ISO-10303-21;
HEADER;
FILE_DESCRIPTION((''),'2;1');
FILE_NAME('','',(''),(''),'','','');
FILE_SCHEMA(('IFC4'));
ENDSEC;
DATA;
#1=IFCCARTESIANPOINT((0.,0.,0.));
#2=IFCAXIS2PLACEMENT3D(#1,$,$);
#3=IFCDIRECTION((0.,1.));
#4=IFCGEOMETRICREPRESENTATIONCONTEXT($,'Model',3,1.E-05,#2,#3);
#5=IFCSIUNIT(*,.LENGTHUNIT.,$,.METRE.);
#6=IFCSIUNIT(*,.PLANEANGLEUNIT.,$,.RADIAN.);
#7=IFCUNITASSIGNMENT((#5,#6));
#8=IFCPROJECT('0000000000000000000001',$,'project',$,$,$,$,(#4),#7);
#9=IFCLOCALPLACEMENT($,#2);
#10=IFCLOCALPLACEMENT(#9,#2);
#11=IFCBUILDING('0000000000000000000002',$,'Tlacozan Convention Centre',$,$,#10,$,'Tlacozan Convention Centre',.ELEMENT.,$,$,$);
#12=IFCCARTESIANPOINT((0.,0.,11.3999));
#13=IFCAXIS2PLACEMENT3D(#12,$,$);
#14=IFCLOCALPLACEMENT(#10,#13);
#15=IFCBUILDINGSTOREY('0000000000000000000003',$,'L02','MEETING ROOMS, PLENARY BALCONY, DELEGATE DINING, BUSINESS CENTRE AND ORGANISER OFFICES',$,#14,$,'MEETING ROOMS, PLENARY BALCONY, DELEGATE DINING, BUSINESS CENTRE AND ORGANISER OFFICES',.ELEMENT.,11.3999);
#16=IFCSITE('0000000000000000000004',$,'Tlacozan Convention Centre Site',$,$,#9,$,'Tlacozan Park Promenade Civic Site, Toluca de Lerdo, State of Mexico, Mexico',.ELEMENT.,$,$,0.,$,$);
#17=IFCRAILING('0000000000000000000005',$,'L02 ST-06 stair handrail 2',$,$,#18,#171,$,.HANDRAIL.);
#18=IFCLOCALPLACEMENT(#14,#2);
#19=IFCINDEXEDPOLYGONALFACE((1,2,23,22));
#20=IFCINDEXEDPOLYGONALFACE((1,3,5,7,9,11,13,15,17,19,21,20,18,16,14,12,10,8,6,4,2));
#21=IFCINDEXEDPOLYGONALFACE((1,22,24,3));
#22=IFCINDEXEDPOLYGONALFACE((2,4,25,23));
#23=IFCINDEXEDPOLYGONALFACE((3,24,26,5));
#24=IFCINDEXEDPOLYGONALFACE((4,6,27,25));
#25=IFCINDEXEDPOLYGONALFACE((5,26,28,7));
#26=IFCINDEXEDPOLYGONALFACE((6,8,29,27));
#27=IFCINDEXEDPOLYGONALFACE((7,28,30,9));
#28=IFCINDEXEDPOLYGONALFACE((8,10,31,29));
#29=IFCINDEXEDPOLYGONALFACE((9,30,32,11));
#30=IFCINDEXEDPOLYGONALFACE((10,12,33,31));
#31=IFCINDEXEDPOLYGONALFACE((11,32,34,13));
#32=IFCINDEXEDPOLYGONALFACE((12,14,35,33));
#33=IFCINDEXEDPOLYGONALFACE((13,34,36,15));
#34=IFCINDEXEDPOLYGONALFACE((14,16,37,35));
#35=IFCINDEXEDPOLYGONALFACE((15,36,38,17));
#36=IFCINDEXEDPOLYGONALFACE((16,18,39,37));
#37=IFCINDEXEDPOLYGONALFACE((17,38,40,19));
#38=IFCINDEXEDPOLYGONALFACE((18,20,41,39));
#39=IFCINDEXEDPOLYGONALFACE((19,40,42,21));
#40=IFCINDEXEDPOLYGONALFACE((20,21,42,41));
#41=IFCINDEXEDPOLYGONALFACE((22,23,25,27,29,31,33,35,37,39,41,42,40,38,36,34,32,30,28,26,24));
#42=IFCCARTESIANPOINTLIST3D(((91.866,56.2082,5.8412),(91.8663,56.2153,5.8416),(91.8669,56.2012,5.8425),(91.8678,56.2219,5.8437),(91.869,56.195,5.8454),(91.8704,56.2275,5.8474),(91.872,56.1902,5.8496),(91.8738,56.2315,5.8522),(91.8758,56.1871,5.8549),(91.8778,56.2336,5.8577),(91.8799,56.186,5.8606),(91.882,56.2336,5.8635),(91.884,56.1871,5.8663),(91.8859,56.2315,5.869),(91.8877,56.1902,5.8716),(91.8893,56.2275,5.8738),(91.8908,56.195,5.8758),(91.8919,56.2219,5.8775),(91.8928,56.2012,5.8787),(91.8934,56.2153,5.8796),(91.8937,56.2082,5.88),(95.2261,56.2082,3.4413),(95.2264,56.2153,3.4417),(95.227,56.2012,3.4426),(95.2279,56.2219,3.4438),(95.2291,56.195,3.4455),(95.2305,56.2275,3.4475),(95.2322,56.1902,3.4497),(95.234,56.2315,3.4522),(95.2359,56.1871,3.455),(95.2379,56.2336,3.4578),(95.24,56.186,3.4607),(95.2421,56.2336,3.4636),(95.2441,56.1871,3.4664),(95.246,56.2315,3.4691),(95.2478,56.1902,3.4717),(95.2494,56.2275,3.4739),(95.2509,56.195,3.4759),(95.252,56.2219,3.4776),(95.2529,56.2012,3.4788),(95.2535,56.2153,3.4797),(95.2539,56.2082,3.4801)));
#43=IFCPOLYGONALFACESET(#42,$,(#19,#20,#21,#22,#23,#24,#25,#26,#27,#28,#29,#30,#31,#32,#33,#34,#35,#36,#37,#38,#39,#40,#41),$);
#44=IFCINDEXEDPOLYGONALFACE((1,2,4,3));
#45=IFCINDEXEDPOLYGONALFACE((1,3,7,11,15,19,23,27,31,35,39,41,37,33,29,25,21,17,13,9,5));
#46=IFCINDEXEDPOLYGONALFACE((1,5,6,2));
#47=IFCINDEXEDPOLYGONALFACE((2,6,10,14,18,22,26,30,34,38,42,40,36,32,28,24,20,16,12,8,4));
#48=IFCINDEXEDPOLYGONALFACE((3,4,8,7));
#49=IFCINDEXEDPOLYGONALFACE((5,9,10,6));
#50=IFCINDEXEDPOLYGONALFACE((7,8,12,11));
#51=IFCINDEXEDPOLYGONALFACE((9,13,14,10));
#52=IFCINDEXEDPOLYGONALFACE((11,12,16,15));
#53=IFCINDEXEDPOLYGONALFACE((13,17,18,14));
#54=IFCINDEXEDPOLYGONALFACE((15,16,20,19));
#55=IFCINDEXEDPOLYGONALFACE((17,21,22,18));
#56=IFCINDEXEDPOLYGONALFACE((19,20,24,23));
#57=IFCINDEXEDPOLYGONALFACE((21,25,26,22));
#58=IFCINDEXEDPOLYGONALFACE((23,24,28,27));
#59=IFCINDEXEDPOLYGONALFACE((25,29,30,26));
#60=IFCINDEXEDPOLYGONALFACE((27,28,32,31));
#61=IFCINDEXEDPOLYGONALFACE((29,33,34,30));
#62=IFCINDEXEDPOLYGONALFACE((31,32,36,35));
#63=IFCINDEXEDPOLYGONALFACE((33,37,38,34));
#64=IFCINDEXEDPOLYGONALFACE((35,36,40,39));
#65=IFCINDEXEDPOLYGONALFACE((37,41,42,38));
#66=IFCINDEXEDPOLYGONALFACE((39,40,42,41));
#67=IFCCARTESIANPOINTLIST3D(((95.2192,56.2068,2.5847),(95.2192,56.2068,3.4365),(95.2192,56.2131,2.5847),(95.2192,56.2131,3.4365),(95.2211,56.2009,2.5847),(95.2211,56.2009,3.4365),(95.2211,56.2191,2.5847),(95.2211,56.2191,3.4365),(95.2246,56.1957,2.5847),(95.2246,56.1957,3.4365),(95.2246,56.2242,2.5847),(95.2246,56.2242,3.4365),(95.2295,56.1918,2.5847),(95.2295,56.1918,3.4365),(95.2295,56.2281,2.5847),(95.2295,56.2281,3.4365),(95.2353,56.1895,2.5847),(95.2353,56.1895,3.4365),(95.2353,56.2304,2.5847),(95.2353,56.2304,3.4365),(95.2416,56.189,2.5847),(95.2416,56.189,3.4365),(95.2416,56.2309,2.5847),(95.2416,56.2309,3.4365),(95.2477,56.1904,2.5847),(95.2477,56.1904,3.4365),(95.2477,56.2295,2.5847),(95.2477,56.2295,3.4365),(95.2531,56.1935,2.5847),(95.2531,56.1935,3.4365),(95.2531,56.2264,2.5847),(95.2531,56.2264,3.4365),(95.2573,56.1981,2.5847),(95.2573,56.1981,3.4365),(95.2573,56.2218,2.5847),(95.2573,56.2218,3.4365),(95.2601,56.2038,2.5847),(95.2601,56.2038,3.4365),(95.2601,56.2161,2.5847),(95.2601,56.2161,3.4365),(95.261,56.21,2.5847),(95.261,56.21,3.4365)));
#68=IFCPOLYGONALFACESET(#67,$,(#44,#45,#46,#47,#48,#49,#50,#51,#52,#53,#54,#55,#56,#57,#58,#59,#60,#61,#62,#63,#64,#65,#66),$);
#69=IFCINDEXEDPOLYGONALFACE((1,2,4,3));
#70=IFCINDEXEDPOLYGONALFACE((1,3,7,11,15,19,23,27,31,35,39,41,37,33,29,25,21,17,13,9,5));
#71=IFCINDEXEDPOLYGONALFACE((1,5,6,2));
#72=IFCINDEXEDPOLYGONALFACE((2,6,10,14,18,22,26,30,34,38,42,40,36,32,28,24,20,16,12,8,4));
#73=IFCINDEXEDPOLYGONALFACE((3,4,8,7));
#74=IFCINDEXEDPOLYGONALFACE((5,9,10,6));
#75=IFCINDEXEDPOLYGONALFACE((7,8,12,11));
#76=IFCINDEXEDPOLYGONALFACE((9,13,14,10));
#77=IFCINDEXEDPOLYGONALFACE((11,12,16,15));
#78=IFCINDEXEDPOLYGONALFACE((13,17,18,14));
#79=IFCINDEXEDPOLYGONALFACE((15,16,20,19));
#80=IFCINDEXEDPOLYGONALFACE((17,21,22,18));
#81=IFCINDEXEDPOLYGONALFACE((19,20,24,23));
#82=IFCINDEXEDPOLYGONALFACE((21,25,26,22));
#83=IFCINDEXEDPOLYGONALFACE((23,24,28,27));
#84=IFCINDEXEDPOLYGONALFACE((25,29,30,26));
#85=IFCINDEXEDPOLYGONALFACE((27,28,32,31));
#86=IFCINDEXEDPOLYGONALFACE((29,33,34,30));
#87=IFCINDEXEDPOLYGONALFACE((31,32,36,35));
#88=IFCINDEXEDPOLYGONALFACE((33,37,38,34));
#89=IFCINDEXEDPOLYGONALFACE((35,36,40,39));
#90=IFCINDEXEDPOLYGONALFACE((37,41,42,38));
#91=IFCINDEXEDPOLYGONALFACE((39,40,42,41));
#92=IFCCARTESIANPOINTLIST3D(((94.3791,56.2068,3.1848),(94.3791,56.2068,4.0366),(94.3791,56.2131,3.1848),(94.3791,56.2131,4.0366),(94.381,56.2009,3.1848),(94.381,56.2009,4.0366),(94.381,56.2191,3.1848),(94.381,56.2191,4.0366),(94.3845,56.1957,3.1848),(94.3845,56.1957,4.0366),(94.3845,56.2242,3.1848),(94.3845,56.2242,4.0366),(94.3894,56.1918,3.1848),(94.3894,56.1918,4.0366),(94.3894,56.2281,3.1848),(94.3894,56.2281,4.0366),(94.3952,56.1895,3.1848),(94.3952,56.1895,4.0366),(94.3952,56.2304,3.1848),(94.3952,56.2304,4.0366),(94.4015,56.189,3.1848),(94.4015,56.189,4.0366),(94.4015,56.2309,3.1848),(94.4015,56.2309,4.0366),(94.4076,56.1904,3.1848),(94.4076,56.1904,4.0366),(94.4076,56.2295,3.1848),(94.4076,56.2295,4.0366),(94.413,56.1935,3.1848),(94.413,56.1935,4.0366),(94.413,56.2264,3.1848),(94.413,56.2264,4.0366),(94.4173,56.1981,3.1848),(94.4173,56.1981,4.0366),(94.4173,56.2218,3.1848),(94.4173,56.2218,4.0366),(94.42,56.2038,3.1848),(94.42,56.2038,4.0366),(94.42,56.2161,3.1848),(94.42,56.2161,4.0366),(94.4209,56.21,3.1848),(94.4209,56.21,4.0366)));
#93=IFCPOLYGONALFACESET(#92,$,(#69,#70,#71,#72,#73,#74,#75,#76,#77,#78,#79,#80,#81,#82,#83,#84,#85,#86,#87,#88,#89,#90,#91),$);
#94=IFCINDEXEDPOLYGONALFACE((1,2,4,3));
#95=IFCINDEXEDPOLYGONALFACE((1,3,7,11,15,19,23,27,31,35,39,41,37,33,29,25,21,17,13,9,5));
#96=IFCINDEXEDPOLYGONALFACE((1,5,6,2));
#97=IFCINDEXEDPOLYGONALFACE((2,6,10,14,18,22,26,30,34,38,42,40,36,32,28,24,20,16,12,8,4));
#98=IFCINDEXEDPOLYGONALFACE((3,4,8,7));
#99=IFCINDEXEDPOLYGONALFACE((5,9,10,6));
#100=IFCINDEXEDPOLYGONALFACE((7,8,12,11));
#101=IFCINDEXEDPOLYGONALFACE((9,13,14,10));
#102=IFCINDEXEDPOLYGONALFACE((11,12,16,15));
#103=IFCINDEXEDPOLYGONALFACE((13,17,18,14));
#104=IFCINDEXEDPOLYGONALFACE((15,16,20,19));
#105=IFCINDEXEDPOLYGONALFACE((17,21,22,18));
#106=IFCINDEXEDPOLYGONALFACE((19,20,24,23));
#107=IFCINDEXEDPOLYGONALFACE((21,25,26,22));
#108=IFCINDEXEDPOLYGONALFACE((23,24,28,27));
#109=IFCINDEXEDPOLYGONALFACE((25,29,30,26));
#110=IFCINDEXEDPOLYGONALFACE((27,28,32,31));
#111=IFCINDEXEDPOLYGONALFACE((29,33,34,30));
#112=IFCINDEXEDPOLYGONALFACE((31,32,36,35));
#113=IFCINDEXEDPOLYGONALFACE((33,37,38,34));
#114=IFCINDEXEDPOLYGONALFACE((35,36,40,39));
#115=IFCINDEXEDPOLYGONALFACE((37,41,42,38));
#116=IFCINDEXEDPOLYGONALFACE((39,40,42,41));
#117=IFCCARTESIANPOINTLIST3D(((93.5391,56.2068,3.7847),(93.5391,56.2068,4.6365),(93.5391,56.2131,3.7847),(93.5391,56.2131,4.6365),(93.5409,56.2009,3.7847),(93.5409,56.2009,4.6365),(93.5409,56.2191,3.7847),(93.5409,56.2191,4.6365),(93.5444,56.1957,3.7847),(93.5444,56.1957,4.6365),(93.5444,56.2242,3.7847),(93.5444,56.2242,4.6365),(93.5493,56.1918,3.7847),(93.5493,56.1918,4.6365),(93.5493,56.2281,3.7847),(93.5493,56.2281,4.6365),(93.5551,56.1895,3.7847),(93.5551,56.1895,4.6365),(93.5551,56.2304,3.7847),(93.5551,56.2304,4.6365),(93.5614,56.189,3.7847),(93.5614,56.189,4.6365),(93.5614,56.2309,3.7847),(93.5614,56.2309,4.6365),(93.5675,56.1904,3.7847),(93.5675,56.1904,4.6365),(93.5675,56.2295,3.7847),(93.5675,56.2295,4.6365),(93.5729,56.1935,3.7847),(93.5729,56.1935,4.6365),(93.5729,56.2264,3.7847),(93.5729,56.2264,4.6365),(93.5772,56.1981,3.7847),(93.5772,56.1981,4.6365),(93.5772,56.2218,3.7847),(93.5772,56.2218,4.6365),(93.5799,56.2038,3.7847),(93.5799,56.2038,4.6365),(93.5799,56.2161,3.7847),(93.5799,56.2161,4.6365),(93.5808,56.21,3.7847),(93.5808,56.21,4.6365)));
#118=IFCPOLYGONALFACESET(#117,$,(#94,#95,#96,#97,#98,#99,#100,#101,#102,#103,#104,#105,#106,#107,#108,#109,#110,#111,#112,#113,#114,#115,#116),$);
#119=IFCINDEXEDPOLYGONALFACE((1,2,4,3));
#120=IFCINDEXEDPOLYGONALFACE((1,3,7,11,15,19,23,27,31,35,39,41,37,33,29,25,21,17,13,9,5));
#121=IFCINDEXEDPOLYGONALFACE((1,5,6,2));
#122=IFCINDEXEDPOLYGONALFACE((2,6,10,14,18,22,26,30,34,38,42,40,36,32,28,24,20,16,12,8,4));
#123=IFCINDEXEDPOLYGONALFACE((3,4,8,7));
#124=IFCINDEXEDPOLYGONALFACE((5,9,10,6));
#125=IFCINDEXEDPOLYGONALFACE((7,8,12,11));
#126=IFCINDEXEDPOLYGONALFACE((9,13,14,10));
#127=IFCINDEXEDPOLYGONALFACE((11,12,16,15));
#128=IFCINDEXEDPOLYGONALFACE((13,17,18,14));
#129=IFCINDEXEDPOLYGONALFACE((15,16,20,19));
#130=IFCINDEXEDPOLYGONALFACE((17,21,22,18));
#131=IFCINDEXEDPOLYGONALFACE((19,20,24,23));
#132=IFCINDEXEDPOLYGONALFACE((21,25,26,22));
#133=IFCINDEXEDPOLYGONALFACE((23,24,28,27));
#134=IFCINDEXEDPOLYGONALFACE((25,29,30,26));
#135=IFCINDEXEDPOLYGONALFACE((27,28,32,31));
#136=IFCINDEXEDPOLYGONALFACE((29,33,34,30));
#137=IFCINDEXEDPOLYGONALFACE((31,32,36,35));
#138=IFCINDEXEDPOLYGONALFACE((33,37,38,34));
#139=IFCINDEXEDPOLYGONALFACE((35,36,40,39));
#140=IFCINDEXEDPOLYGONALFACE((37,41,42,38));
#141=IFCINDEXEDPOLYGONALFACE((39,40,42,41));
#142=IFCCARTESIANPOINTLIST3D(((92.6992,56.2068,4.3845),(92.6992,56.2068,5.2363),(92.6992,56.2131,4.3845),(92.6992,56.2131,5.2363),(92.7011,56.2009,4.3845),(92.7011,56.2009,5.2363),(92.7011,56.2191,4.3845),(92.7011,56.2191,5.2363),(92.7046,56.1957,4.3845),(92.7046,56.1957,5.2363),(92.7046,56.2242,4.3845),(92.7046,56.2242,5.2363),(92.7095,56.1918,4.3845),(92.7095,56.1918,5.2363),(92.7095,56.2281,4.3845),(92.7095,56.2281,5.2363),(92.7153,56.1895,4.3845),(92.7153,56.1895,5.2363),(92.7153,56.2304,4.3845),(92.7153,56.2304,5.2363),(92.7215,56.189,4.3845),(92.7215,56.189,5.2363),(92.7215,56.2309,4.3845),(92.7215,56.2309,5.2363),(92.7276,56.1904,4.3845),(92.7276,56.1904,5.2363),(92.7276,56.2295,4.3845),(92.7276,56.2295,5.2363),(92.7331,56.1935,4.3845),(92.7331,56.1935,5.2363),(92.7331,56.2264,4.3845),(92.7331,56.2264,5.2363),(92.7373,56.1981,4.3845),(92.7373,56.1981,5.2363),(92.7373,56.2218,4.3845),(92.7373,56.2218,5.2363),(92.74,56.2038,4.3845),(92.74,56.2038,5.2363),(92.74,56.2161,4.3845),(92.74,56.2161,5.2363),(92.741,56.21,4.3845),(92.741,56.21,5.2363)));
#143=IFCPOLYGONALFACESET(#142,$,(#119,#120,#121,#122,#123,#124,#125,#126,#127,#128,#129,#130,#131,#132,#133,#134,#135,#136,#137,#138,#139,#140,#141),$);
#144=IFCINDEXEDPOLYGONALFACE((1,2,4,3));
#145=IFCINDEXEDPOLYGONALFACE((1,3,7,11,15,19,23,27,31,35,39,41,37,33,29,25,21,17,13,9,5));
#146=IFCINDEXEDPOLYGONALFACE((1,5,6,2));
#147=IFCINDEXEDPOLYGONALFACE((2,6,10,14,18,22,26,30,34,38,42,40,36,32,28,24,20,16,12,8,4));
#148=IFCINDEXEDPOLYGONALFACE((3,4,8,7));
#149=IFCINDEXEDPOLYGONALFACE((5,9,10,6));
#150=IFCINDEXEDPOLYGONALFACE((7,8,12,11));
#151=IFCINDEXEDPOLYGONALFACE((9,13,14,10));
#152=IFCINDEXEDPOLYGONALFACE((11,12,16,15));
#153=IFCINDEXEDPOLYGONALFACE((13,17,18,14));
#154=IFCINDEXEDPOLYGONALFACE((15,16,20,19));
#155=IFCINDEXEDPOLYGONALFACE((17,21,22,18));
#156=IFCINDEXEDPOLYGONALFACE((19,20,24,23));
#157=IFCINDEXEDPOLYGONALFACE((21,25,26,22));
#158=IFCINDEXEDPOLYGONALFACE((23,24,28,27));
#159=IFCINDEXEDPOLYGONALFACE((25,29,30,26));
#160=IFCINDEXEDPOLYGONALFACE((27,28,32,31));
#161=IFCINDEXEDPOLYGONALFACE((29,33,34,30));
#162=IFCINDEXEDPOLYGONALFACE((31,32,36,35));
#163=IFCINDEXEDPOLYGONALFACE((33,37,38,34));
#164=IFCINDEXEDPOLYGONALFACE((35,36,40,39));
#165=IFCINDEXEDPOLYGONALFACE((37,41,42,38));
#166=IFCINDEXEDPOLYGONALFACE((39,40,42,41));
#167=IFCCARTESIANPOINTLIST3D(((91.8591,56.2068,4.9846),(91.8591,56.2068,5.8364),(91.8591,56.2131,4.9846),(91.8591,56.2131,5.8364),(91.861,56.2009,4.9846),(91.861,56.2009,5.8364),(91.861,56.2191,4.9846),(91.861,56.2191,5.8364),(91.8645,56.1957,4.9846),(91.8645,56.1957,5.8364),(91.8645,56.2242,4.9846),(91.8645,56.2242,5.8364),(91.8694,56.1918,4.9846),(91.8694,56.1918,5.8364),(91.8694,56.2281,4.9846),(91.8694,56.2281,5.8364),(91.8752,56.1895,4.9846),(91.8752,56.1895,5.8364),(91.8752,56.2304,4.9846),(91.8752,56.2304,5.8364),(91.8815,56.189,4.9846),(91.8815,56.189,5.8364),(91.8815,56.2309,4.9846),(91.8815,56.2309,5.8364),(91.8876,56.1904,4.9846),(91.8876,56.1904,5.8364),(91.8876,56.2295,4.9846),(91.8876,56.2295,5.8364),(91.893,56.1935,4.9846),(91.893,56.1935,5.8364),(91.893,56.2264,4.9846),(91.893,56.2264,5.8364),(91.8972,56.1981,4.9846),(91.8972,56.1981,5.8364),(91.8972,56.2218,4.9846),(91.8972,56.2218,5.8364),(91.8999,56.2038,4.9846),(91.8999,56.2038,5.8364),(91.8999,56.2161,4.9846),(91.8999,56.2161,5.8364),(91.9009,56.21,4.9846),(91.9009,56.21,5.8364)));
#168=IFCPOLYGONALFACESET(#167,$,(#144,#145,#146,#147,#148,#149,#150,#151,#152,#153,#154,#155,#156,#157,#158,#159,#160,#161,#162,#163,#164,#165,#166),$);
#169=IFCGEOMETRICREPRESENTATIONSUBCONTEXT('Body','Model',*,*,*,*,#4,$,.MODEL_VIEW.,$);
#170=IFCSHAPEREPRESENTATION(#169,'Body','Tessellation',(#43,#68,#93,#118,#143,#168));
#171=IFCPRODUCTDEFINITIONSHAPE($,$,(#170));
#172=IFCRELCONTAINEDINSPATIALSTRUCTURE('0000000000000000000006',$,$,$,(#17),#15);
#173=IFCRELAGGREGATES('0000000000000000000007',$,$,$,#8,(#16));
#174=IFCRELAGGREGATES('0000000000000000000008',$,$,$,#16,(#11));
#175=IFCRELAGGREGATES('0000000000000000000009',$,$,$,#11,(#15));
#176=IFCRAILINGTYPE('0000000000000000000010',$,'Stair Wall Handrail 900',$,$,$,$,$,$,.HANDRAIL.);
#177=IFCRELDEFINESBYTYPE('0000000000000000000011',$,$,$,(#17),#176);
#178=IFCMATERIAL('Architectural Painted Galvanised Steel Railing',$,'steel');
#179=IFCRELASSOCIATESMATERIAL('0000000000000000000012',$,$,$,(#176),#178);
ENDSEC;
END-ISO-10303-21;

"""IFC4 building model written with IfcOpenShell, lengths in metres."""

from ifc_helpers import new_model, si_unit, direction, frame, origin, origin_2d, place, context, subcontext, project, spatial, circle, extrude, material, type_object, element, save


model = new_model("IFC4")

# Units and contexts
model_context = context("Model", 3, precision=1e-05, world=origin(), true_north=direction((0.0, 1.0)))
body_context = subcontext(model_context, "Body", "Model", "MODEL_VIEW")
ifc_project = project(units=[si_unit("LENGTHUNIT", "METRE"), si_unit("PLANEANGLEUNIT", "RADIAN")], contexts=[model_context])

# Site, building, storey
site_placement = place(None, origin())
site = spatial("IfcSite", under=ifc_project, at=site_placement, Name="Tlacozan Convention Centre Site", LongName="Tlacozan Park Promenade Civic Site, Toluca de Lerdo, State of Mexico, Mexico", CompositionType="ELEMENT", RefElevation=0.0)
building_placement = place(site_placement, origin())
building = spatial("IfcBuilding", under=site, at=building_placement, Name="Tlacozan Convention Centre", LongName="Tlacozan Convention Centre", CompositionType="ELEMENT")
storey_placement = place(building_placement, frame((0.0, 0.0, 11.3999)))
storey = spatial("IfcBuildingStorey", under=building, at=storey_placement, Name="L02", Description="MEETING ROOMS, PLENARY BALCONY, DELEGATE DINING, BUSINESS CENTRE AND ORGANISER OFFICES", LongName="MEETING ROOMS, PLENARY BALCONY, DELEGATE DINING, BUSINESS CENTRE AND ORGANISER OFFICES", CompositionType="ELEMENT", Elevation=11.3999)

# Railing
ifc_material_1 = material(Name="Architectural Painted Galvanised Steel Railing", Category="steel")
railing_type_1 = type_object("IfcRailingType", Name="Stair Wall Handrail 900", PredefinedType="HANDRAIL", material=ifc_material_1)
railing_1_placement = place(storey_placement, frame((95.24, 56.21, 2.5847)))
element("IfcRailing", 1, at=railing_1_placement, inside=storey, type_object=railing_type_1, Name="L02 ST-06 stair handrail 2", PredefinedType="HANDRAIL", context=body_context, shape_type="SweptSolid", body=[
    extrude(circle(Radius=0.0239, at=origin_2d()), frame((0.0, 0.0, 0.876), z_axis=(-0.813753, 0.0, 0.58121), x_axis=(0.0, -1.0, 0.0)), (0.0, 0.0, 1.0), 4.1292),
    extrude(circle(Radius=0.021, at=origin_2d()), origin(), (0.0, 0.0, 1.0), 0.8518),
    extrude(circle(Radius=0.021, at=origin_2d()), frame((-0.8401, 0.0, 0.6001)), (0.0, 0.0, 1.0), 0.8518),
    extrude(circle(Radius=0.021, at=origin_2d()), frame((-1.6802, 0.0, 1.2)), (0.0, 0.0, 1.0), 0.8518),
    extrude(circle(Radius=0.021, at=origin_2d()), frame((-2.52, 0.0, 1.7998)), (0.0, 0.0, 1.0), 0.8518),
    extrude(circle(Radius=0.021, at=origin_2d()), frame((-3.3601, 0.0, 2.3999)), (0.0, 0.0, 1.0), 0.8518),
])

save(model, "model.ifc")
